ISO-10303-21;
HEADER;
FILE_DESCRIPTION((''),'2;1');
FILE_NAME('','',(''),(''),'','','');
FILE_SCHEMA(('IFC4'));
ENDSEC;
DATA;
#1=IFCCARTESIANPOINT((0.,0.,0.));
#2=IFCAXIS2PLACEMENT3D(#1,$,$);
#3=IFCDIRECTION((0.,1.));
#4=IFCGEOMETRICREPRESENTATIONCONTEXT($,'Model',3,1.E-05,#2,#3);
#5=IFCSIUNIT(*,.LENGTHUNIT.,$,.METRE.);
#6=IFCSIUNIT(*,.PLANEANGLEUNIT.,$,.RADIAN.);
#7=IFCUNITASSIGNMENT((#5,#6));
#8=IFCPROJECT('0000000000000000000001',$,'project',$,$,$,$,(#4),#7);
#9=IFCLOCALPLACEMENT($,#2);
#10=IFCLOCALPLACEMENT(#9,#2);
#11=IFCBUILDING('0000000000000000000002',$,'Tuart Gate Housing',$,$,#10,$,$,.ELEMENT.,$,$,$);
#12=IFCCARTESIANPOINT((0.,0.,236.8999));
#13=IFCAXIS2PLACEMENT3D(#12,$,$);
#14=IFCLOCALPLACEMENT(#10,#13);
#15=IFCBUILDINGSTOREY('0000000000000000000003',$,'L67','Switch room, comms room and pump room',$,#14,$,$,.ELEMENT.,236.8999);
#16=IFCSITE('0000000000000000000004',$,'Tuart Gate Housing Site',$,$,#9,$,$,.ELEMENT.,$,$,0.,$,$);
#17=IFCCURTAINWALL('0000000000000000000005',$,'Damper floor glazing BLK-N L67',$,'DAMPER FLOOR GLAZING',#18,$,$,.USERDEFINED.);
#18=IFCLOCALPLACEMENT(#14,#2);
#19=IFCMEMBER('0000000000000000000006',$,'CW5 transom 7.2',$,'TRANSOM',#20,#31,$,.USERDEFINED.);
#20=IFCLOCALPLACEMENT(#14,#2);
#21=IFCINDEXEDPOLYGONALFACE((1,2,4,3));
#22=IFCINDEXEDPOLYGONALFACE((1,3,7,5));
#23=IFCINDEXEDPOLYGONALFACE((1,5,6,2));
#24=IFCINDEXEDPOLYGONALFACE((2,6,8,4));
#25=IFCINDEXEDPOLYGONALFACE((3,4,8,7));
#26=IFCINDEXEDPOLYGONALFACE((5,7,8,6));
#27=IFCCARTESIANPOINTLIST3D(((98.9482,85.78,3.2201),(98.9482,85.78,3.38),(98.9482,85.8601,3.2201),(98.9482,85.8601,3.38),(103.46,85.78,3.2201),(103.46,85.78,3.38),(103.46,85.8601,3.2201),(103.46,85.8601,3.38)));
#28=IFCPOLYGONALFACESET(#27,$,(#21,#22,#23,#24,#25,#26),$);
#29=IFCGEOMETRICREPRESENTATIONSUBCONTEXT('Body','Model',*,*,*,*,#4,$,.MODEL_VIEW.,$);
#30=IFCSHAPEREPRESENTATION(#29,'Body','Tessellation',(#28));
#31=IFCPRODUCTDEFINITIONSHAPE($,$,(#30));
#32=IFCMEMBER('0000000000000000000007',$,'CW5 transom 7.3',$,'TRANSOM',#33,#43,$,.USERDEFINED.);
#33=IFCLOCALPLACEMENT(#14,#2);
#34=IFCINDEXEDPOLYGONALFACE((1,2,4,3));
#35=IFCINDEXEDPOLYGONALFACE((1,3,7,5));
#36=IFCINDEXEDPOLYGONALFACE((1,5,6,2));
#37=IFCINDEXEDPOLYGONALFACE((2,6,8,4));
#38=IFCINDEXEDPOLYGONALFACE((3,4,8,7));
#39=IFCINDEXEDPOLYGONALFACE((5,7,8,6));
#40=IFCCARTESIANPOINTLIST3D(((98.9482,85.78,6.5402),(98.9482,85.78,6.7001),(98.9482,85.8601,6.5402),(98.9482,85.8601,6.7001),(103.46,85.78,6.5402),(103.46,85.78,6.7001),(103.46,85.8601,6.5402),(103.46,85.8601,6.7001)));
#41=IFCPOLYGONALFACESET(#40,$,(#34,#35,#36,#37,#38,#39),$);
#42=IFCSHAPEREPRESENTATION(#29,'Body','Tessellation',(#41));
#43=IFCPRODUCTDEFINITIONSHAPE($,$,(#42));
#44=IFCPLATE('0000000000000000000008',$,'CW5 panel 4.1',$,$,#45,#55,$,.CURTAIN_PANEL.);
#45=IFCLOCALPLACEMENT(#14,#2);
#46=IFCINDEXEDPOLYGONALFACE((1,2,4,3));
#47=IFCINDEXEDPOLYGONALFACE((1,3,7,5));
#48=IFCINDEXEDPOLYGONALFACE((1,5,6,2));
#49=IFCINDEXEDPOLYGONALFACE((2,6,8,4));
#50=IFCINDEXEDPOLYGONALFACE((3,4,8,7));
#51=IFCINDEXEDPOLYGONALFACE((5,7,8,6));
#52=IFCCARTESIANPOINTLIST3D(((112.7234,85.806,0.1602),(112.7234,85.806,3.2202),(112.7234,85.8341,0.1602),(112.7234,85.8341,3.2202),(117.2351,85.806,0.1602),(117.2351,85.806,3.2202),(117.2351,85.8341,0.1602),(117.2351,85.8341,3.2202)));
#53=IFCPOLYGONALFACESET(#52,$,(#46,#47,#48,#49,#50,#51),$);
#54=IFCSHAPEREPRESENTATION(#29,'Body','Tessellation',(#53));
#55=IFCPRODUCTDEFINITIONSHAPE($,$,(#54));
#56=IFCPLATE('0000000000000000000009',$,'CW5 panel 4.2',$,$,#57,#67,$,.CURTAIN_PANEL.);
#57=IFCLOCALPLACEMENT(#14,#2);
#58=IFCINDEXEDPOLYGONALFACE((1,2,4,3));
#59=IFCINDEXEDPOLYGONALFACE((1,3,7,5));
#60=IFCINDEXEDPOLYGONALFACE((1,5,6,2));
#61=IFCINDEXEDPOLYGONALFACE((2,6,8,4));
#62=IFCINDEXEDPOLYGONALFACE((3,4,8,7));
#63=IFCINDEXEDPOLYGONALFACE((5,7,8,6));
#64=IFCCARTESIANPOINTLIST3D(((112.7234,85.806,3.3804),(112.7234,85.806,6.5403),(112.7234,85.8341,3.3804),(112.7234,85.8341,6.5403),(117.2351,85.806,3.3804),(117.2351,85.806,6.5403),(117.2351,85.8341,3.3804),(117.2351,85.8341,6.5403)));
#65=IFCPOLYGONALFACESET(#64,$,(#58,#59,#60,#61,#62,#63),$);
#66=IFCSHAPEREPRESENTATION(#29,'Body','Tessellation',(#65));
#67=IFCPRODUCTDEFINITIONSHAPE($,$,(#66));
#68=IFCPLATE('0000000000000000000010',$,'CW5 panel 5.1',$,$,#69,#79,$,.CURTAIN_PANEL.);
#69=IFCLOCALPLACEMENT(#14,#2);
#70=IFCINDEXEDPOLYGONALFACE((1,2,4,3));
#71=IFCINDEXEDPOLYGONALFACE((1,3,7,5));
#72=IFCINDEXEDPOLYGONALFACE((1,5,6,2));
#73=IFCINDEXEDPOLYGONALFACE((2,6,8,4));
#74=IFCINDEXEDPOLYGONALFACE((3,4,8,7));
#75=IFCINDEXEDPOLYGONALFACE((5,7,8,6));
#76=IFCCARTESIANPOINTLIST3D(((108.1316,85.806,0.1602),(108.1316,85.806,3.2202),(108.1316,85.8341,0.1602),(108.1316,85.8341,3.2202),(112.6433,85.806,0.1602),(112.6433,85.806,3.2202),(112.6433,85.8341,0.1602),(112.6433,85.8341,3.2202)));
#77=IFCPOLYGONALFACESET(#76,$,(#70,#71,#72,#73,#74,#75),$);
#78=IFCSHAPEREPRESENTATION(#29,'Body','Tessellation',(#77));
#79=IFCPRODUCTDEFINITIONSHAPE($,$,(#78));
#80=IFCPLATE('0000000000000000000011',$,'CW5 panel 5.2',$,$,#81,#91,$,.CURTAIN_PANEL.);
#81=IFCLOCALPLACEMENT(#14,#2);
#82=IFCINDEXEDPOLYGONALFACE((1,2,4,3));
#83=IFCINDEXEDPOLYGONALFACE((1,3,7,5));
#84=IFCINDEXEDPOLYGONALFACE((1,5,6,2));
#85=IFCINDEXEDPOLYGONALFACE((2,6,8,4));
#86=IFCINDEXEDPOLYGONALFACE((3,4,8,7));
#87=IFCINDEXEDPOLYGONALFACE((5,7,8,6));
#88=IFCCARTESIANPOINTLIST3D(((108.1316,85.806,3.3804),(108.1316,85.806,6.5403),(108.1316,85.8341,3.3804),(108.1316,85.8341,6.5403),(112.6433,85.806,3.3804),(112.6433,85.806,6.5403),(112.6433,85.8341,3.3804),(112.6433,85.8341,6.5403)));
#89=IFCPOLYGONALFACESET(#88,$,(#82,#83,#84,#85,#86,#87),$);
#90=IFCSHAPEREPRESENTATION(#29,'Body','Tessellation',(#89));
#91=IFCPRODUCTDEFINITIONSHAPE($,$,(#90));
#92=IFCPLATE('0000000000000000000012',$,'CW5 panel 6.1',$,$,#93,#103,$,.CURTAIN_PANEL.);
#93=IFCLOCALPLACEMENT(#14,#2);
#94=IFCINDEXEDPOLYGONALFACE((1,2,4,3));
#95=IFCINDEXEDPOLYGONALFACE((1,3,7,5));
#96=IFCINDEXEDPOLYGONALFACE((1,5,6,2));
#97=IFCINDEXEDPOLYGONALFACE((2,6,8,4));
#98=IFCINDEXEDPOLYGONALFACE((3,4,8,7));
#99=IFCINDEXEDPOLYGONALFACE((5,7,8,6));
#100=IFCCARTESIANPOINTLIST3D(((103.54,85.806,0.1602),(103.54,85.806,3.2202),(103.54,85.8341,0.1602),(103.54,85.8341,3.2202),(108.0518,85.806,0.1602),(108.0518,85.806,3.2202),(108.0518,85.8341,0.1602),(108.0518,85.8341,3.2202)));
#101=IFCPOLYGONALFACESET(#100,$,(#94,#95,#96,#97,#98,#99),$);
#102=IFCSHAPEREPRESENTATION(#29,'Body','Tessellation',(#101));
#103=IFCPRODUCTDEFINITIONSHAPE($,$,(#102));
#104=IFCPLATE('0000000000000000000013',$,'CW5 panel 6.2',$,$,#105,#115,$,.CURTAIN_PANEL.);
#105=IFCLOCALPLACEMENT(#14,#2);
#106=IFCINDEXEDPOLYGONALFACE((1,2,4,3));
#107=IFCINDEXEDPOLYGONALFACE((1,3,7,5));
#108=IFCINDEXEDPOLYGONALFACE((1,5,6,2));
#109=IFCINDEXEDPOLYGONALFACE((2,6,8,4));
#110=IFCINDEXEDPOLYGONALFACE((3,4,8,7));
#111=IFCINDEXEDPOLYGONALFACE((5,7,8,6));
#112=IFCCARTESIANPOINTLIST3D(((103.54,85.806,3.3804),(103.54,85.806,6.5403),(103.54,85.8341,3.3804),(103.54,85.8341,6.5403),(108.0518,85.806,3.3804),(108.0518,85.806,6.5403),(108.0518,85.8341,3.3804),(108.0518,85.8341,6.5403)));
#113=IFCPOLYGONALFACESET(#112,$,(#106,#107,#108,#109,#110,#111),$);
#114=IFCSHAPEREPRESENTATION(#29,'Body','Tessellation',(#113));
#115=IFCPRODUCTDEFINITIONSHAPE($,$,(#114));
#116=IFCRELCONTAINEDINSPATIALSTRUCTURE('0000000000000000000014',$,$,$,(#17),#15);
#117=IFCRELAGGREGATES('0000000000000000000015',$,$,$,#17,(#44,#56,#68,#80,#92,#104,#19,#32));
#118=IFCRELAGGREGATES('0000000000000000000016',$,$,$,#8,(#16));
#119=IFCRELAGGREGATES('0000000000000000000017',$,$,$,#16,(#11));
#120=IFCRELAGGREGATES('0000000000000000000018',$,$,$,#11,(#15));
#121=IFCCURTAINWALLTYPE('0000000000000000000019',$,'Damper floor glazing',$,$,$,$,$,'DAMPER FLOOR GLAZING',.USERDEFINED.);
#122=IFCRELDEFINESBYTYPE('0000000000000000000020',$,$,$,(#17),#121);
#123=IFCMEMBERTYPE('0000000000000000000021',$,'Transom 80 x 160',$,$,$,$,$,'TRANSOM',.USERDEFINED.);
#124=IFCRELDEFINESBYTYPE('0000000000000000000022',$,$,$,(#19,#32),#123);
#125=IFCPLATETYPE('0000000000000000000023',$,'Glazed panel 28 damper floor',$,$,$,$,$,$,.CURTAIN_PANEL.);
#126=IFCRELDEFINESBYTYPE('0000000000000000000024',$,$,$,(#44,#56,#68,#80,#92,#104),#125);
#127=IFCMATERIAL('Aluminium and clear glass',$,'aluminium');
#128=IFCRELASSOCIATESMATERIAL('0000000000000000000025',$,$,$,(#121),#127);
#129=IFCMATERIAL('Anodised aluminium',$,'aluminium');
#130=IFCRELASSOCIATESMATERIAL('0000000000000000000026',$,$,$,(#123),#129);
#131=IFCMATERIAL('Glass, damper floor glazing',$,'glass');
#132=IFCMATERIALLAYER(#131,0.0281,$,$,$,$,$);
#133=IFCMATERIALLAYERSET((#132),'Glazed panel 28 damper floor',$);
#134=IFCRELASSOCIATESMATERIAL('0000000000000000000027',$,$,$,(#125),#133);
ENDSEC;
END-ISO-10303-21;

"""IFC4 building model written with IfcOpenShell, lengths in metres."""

from ifc_helpers import new_model, si_unit, direction, frame, origin, origin_2d, place, context, subcontext, project, spatial, rectangle, extrude, material, layer, layer_set, material_profile, profile_set, type_object, element, aggregate, save


model = new_model("IFC4")

# Units and contexts
model_context = context("Model", 3, precision=1e-05, world=origin(), true_north=direction((0.0, 1.0)))
body_context = subcontext(model_context, "Body", "Model", "MODEL_VIEW")
ifc_project = project(units=[si_unit("LENGTHUNIT", "METRE"), si_unit("PLANEANGLEUNIT", "RADIAN")], contexts=[model_context])

# Site, building, storey
site_placement = place(None, origin())
site = spatial("IfcSite", under=ifc_project, at=site_placement, Name="Tuart Gate Housing Site", CompositionType="ELEMENT", RefElevation=0.0)
building_placement = place(site_placement, origin())
building = spatial("IfcBuilding", under=site, at=building_placement, Name="Tuart Gate Housing", CompositionType="ELEMENT")
storey_placement = place(building_placement, frame((0.0, 0.0, 236.8999)))
storey = spatial("IfcBuildingStorey", under=building, at=storey_placement, Name="L67", Description="Switch room, comms room and pump room", CompositionType="ELEMENT", Elevation=236.8999)

# Curtain wall, members, plates
ifc_material_1 = material(Name="Aluminium and clear glass", Category="aluminium")
curtain_wall_type = type_object("IfcCurtainWallType", Name="Damper floor glazing", ElementType="DAMPER FLOOR GLAZING", PredefinedType="USERDEFINED", material=ifc_material_1)
curtain_wall_placement = place(storey_placement, origin())
curtain_wall = element("IfcCurtainWall", 1, at=curtain_wall_placement, inside=storey, type_object=curtain_wall_type, Name="Damper floor glazing BLK-N L67", ObjectType="DAMPER FLOOR GLAZING", PredefinedType="USERDEFINED")
ifc_material_2 = material(Name="Anodised aluminium", Category="aluminium")
ifc_material_profile_1 = material_profile(ifc_material_2, rectangle(XDim=0.0801, YDim=0.1599, at=origin_2d()), Name="80x160")
ifc_profile_set_1 = profile_set([ifc_material_profile_1], Name="Anodised aluminium")
member_type_1 = type_object("IfcMemberType", Name="Transom 80 x 160", ElementType="TRANSOM", PredefinedType="USERDEFINED", material=ifc_profile_set_1)
member_1_placement = place(storey_placement, frame((103.46, 85.8201, 3.3), z_axis=(-1.0, 0.0, 0.0), x_axis=(0.0, -1.0, 0.0)))
member_1 = element("IfcMember", 2, at=member_1_placement, type_object=member_type_1, Name="CW5 transom 7.2", ObjectType="TRANSOM", PredefinedType="USERDEFINED", context=body_context, shape_type="SweptSolid", body=[
    extrude(rectangle(XDim=0.0801, YDim=0.1599, at=origin_2d()), origin(), (0.0, 0.0, 1.0), 4.5117),
])
member_2_placement = place(storey_placement, frame((103.46, 85.8201, 6.6201), z_axis=(-1.0, 0.0, 0.0), x_axis=(0.0, -1.0, 0.0)))
member_2 = element("IfcMember", 3, at=member_2_placement, type_object=member_type_1, Name="CW5 transom 7.3", ObjectType="TRANSOM", PredefinedType="USERDEFINED", context=body_context, shape_type="SweptSolid", body=[
    extrude(rectangle(XDim=0.0801, YDim=0.1599, at=origin_2d()), origin(), (0.0, 0.0, 1.0), 4.5117),
])
ifc_material_3 = material(Name="Glass, damper floor glazing", Category="glass")
ifc_layer = layer(ifc_material_3, 0.0281)
ifc_layer_set = layer_set([ifc_layer], Name="Glazed panel 28 damper floor")
plate_type = type_object("IfcPlateType", Name="Glazed panel 28 damper floor", PredefinedType="CURTAIN_PANEL", material=ifc_layer_set)
plate_1_placement = place(storey_placement, frame((114.9792, 85.8201, 0.1602), z_axis=(0.0, 0.0, 1.0), x_axis=(-1.0, 0.0, 0.0)))
plate_1 = element("IfcPlate", 4, at=plate_1_placement, type_object=plate_type, Name="CW5 panel 4.1", PredefinedType="CURTAIN_PANEL", context=body_context, shape_type="SweptSolid", body=[
    extrude(rectangle(XDim=4.5117, YDim=0.0281, at=origin_2d()), origin(), (0.0, 0.0, 1.0), 3.0601),
])
plate_2_placement = place(storey_placement, frame((114.9792, 85.8201, 3.3804), z_axis=(0.0, 0.0, 1.0), x_axis=(-1.0, 0.0, 0.0)))
plate_2 = element("IfcPlate", 5, at=plate_2_placement, type_object=plate_type, Name="CW5 panel 4.2", PredefinedType="CURTAIN_PANEL", context=body_context, shape_type="SweptSolid", body=[
    extrude(rectangle(XDim=4.5117, YDim=0.0281, at=origin_2d()), origin(), (0.0, 0.0, 1.0), 3.1599),
])
plate_3_placement = place(storey_placement, frame((110.3875, 85.8201, 0.1602), z_axis=(0.0, 0.0, 1.0), x_axis=(-1.0, 0.0, 0.0)))
plate_3 = element("IfcPlate", 6, at=plate_3_placement, type_object=plate_type, Name="CW5 panel 5.1", PredefinedType="CURTAIN_PANEL", context=body_context, shape_type="SweptSolid", body=[
    extrude(rectangle(XDim=4.5117, YDim=0.0281, at=origin_2d()), origin(), (0.0, 0.0, 1.0), 3.0601),
])
plate_4_placement = place(storey_placement, frame((110.3875, 85.8201, 3.3804), z_axis=(0.0, 0.0, 1.0), x_axis=(-1.0, 0.0, 0.0)))
plate_4 = element("IfcPlate", 7, at=plate_4_placement, type_object=plate_type, Name="CW5 panel 5.2", PredefinedType="CURTAIN_PANEL", context=body_context, shape_type="SweptSolid", body=[
    extrude(rectangle(XDim=4.5117, YDim=0.0281, at=origin_2d()), origin(), (0.0, 0.0, 1.0), 3.1599),
])
plate_5_placement = place(storey_placement, frame((105.7959, 85.8201, 0.1602), z_axis=(0.0, 0.0, 1.0), x_axis=(-1.0, 0.0, 0.0)))
plate_5 = element("IfcPlate", 8, at=plate_5_placement, type_object=plate_type, Name="CW5 panel 6.1", PredefinedType="CURTAIN_PANEL", context=body_context, shape_type="SweptSolid", body=[
    extrude(rectangle(XDim=4.5117, YDim=0.0281, at=origin_2d()), origin(), (0.0, 0.0, 1.0), 3.0601),
])
plate_6_placement = place(storey_placement, frame((105.7959, 85.8201, 3.3804), z_axis=(0.0, 0.0, 1.0), x_axis=(-1.0, 0.0, 0.0)))
plate_6 = element("IfcPlate", 9, at=plate_6_placement, type_object=plate_type, Name="CW5 panel 6.2", PredefinedType="CURTAIN_PANEL", context=body_context, shape_type="SweptSolid", body=[
    extrude(rectangle(XDim=4.5117, YDim=0.0281, at=origin_2d()), origin(), (0.0, 0.0, 1.0), 3.1599),
])
aggregate(curtain_wall, [plate_1, plate_2, plate_3, plate_4, plate_5, plate_6, member_1, member_2])

save(model, "model.ifc")
